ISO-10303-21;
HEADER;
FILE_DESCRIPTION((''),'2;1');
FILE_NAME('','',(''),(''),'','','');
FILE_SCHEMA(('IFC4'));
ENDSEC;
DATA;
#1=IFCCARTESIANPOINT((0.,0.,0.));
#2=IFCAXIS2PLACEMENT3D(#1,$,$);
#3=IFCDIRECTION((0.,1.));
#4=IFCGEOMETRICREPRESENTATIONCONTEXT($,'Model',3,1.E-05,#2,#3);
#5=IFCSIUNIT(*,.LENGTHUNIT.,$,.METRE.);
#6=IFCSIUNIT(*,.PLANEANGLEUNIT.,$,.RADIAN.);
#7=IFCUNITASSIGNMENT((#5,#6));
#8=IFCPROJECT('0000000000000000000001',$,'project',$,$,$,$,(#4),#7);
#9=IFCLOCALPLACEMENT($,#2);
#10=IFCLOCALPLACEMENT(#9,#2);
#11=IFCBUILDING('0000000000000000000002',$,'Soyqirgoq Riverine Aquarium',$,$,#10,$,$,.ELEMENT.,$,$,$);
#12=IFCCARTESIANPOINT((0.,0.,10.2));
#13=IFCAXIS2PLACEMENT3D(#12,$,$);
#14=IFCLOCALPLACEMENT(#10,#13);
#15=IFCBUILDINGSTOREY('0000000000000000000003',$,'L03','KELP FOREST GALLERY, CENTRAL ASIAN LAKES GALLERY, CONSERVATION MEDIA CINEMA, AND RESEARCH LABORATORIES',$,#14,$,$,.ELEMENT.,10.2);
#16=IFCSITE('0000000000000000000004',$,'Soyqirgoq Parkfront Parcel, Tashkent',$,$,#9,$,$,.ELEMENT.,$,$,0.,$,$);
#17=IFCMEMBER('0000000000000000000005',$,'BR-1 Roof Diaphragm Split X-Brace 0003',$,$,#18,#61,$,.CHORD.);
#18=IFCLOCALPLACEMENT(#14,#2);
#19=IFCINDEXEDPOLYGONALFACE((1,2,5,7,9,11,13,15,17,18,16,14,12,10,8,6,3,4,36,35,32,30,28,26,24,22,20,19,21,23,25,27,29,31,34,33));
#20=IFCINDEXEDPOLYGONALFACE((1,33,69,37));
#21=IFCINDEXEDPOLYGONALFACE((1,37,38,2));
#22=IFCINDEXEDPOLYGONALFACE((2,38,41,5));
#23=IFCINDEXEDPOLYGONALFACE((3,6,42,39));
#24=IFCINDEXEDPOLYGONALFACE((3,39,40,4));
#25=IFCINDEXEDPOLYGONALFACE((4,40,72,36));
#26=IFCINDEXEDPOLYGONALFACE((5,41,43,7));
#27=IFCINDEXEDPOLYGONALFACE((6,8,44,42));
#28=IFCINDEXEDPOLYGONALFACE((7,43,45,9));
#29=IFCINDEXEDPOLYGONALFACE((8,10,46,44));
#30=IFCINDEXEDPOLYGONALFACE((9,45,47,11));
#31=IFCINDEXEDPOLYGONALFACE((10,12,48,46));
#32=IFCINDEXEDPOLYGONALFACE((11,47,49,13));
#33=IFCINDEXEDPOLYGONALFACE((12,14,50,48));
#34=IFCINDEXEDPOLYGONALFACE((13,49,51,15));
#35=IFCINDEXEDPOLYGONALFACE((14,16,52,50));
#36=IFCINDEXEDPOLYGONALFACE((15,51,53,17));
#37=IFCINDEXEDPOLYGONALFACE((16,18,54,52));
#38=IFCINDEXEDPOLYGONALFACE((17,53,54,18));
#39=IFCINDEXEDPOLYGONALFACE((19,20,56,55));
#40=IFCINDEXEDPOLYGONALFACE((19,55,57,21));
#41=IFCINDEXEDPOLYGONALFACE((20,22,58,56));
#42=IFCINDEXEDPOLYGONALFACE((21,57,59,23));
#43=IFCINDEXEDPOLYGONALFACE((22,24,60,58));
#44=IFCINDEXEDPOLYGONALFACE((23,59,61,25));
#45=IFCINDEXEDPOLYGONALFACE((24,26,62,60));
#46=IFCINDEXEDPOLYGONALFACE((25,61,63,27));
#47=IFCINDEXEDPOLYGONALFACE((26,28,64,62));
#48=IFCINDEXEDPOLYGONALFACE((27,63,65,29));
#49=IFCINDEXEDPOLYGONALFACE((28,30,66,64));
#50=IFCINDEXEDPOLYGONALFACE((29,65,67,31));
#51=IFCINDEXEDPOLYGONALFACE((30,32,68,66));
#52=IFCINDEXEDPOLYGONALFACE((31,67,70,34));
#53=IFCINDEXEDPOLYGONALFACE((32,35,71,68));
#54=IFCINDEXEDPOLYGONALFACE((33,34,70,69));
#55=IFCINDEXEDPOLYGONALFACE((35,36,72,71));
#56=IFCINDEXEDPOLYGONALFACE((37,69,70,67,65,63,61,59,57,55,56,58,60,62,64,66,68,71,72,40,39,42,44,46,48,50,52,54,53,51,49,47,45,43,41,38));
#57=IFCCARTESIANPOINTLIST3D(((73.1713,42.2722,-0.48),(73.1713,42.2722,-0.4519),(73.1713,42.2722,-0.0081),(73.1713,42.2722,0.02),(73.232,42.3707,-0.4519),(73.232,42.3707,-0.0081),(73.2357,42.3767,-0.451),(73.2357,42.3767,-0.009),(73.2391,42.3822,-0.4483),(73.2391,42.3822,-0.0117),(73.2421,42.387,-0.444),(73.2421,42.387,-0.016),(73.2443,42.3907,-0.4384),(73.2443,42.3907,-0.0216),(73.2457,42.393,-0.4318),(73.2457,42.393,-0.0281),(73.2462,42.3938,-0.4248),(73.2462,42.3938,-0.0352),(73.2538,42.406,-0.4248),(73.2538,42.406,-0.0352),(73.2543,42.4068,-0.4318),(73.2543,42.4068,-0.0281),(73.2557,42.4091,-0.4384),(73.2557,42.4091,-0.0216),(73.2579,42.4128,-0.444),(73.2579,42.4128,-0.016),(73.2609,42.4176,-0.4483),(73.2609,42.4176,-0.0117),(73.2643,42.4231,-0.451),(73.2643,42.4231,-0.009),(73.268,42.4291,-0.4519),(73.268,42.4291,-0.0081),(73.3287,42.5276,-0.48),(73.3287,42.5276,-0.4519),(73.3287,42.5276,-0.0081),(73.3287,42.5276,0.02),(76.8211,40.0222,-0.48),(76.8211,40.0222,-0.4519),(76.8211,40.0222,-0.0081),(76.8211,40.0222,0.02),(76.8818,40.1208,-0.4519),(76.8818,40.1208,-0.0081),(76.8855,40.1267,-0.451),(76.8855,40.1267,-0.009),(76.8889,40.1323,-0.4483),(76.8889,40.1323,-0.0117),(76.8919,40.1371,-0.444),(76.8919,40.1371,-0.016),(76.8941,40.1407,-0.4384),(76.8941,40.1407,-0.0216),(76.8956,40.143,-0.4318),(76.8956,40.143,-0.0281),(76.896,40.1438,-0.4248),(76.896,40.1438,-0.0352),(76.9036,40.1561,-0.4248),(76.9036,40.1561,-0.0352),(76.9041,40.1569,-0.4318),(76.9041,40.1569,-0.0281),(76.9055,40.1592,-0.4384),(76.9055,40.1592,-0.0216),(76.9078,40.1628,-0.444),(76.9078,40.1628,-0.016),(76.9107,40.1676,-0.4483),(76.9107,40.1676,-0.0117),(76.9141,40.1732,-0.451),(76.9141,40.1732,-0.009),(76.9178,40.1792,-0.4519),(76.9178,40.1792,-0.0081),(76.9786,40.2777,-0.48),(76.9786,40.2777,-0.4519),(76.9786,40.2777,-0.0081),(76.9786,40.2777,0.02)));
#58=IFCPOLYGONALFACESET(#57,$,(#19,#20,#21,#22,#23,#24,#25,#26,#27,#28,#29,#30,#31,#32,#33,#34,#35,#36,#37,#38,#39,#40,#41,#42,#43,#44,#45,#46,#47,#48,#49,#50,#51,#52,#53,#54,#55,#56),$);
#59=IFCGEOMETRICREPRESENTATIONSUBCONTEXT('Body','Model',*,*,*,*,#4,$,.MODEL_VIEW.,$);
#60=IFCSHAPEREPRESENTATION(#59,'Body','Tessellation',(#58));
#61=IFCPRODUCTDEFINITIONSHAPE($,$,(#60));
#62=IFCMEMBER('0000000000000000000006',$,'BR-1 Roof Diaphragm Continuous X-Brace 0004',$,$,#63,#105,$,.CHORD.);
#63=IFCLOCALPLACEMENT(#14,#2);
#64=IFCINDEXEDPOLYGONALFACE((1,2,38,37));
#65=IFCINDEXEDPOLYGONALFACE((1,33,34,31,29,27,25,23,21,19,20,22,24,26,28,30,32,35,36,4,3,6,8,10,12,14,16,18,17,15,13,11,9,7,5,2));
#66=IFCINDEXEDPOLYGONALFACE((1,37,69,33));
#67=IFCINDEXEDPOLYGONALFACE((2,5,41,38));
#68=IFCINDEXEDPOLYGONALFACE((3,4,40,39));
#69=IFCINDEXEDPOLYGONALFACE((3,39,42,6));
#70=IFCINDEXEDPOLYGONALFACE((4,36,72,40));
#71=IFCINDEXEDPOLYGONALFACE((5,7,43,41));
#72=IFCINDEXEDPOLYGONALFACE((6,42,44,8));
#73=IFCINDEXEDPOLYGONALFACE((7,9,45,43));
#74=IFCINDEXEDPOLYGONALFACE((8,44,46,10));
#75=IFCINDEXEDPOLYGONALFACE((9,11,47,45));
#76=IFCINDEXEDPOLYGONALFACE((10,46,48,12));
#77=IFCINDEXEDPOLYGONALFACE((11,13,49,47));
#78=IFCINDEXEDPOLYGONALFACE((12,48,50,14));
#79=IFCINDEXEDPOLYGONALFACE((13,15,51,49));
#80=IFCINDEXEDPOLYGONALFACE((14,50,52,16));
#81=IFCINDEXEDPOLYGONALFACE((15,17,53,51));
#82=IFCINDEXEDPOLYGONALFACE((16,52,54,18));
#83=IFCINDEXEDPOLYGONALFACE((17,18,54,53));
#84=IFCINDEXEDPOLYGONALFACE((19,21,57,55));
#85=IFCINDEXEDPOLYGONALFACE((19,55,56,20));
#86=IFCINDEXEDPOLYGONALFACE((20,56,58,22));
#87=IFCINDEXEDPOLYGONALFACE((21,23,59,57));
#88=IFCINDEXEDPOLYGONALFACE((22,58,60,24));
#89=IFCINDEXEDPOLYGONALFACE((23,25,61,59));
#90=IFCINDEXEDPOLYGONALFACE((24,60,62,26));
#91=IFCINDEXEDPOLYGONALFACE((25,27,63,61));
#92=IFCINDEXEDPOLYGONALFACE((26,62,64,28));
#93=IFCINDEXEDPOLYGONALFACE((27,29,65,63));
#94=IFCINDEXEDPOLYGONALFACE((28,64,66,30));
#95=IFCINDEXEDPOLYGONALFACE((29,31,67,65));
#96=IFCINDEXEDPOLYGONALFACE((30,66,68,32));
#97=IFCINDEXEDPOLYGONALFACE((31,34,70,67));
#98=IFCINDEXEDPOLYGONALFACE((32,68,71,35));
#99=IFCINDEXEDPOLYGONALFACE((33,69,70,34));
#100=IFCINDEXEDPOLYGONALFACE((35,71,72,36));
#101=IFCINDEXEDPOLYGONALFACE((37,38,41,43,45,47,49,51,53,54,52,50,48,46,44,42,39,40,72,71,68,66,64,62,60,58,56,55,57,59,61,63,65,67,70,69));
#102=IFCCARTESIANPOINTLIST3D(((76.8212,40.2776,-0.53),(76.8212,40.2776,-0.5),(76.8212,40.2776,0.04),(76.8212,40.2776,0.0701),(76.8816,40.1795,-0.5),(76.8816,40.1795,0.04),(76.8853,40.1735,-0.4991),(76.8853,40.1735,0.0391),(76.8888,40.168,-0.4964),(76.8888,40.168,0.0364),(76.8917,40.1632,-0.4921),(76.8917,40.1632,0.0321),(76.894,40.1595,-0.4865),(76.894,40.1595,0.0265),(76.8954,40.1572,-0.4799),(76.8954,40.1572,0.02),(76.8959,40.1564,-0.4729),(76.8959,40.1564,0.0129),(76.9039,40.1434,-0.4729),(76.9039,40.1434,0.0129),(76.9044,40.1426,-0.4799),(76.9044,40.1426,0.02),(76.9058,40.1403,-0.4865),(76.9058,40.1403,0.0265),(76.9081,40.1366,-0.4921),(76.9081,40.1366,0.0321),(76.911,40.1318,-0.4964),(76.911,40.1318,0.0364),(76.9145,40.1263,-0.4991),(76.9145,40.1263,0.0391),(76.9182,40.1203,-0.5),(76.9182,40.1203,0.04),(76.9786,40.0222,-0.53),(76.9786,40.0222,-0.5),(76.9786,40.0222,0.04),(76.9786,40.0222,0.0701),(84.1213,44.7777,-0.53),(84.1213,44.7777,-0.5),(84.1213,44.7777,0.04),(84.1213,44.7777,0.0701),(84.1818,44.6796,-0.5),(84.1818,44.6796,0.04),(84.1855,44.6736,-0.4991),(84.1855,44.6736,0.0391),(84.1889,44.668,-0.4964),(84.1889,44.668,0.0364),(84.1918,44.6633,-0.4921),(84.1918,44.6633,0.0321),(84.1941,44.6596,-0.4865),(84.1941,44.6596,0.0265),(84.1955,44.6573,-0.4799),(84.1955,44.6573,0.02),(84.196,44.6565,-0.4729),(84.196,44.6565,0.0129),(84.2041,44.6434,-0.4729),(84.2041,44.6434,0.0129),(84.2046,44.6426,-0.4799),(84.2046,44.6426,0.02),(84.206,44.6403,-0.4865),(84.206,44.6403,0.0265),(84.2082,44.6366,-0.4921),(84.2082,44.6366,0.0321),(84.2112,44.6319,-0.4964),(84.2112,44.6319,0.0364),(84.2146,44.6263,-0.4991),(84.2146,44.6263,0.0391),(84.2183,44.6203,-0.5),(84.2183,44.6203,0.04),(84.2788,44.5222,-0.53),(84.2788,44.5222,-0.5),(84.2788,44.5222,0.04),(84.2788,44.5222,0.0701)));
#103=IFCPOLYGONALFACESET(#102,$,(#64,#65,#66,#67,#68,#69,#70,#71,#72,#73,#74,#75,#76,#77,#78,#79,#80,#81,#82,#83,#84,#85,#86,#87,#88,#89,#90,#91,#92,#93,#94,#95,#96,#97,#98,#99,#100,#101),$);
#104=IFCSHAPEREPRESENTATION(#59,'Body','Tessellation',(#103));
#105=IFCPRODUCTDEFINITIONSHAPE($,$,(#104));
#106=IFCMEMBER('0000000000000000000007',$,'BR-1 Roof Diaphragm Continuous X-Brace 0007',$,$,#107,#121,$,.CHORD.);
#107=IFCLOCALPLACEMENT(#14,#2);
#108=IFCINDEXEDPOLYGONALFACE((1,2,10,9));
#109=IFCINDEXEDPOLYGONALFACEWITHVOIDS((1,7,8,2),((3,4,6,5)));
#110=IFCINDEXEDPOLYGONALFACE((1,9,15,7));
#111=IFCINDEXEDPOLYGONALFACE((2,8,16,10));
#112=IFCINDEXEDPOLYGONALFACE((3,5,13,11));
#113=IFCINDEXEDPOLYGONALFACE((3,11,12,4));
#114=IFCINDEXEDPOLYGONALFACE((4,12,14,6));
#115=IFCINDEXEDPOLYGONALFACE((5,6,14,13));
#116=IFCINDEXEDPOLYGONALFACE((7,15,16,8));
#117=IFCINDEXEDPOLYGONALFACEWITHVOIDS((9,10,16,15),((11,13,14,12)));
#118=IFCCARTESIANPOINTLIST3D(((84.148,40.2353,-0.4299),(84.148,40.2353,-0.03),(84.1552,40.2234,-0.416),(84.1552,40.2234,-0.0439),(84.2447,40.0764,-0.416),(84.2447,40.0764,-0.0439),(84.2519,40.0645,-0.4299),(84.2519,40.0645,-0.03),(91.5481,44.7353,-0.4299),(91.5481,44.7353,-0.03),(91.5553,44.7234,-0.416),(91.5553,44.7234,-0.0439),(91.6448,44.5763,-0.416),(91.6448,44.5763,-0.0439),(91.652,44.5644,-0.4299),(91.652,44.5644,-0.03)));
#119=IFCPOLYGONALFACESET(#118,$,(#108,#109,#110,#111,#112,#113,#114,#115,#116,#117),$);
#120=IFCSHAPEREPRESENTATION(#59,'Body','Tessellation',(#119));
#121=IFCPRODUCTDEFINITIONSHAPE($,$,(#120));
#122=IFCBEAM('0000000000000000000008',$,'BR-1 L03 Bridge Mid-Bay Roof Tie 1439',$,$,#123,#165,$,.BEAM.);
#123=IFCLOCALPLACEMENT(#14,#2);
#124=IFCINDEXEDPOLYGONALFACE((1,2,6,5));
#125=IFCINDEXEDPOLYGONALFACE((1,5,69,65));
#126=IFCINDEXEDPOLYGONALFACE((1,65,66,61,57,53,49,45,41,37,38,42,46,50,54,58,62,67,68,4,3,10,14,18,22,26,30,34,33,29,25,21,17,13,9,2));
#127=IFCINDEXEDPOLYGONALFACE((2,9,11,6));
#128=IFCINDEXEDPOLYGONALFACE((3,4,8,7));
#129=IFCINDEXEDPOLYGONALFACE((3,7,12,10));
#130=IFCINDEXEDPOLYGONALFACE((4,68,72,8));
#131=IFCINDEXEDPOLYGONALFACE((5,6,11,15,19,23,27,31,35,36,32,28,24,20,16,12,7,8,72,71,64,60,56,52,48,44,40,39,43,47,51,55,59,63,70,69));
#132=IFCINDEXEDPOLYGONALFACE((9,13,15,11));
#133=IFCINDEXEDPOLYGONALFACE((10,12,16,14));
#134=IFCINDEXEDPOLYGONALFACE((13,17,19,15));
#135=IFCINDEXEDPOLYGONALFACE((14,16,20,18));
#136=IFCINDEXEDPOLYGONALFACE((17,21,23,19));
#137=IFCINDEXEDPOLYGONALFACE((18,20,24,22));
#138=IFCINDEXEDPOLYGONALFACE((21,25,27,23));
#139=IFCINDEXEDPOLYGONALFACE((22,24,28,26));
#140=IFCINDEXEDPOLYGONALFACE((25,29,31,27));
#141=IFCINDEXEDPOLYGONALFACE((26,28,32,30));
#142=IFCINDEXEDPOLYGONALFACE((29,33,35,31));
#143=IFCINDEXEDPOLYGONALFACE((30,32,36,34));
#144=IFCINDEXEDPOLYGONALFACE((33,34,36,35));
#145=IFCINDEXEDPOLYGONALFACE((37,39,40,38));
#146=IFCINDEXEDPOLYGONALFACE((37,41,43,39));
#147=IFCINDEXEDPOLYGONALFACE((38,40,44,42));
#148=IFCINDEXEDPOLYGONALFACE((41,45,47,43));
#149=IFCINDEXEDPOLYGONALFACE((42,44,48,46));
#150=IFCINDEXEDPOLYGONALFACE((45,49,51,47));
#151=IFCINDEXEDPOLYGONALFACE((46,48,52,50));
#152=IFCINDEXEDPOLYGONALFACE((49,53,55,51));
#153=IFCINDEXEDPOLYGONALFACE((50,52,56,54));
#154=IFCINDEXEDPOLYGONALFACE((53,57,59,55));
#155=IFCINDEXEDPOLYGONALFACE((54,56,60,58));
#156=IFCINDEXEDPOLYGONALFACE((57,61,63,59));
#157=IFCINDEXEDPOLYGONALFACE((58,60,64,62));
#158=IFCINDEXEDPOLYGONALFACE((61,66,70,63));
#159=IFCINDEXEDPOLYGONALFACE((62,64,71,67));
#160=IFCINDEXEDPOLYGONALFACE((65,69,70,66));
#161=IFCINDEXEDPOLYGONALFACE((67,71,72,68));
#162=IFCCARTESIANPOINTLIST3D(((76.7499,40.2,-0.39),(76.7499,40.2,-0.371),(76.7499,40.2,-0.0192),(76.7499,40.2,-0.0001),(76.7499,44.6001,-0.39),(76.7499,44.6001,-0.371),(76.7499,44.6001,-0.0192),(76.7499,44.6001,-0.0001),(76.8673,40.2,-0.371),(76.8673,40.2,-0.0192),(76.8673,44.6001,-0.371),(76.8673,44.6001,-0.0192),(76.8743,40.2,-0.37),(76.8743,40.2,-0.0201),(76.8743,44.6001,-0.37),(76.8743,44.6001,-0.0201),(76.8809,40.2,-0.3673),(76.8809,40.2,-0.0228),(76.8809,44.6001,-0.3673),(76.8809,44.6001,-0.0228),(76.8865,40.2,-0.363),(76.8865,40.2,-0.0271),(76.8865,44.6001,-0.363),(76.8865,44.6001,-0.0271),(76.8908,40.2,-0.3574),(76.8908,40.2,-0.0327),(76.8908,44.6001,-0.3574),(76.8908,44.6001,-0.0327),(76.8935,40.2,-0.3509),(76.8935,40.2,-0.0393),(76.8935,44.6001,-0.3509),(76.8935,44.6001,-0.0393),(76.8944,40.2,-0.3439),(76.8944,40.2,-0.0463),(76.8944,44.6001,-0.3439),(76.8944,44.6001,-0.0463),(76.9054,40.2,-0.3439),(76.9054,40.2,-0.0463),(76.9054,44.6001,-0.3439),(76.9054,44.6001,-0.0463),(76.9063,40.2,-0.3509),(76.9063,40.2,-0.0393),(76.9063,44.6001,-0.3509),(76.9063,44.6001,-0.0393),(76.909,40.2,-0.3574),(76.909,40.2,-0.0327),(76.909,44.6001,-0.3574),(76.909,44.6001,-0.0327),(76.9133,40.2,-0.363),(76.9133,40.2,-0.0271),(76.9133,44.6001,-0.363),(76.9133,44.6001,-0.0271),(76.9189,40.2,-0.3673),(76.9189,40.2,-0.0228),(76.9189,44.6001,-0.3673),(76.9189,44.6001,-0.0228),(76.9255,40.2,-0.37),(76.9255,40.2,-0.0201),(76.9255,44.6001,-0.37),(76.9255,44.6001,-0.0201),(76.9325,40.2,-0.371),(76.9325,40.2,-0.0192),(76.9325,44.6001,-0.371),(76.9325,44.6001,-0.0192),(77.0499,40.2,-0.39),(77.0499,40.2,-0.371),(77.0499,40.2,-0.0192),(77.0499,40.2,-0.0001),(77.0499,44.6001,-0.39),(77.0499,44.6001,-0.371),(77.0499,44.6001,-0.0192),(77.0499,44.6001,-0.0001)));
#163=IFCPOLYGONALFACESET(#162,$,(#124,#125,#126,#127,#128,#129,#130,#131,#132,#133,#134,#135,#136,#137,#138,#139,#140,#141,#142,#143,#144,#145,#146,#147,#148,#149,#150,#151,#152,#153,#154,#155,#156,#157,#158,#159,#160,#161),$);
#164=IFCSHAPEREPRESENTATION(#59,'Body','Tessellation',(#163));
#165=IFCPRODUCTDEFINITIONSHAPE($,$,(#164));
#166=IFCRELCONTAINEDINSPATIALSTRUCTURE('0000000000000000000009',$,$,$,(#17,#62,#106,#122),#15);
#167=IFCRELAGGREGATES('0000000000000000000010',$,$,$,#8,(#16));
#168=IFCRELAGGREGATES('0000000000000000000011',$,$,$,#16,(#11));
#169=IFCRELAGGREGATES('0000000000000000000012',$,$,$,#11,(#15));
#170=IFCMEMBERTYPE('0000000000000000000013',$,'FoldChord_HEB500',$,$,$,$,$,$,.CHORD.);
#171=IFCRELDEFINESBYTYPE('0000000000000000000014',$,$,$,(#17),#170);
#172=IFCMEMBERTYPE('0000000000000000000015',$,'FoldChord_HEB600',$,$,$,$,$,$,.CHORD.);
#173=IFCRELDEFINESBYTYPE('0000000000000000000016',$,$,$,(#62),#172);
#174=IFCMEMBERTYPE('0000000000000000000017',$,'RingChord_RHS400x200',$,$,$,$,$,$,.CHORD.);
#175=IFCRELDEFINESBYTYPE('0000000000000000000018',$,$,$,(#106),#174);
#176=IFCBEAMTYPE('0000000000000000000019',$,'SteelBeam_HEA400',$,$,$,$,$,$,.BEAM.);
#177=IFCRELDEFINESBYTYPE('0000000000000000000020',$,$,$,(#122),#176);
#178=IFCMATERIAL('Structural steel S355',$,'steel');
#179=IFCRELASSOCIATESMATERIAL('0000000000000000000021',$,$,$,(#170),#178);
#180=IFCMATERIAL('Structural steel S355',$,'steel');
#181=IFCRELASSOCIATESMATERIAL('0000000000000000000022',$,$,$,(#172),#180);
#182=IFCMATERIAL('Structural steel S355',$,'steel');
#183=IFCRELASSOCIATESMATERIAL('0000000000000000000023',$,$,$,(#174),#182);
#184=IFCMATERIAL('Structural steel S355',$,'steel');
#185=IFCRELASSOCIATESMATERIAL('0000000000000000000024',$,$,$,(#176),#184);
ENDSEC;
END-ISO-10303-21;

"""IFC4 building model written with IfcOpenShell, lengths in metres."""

from ifc_helpers import new_model, si_unit, direction, frame, origin, origin_2d, place, context, subcontext, project, spatial, hollow_rectangle, i_section, extrude, material, material_profile, profile_set, type_object, element, save


model = new_model("IFC4")

# Units and contexts
model_context = context("Model", 3, precision=1e-05, world=origin(), true_north=direction((0.0, 1.0)))
body_context = subcontext(model_context, "Body", "Model", "MODEL_VIEW")
ifc_project = project(units=[si_unit("LENGTHUNIT", "METRE"), si_unit("PLANEANGLEUNIT", "RADIAN")], contexts=[model_context])

# Site, building, storey
site_placement = place(None, origin())
site = spatial("IfcSite", under=ifc_project, at=site_placement, Name="Soyqirgoq Parkfront Parcel, Tashkent", CompositionType="ELEMENT", RefElevation=0.0)
building_placement = place(site_placement, origin())
building = spatial("IfcBuilding", under=site, at=building_placement, Name="Soyqirgoq Riverine Aquarium", CompositionType="ELEMENT")
storey_placement = place(building_placement, frame((0.0, 0.0, 10.2)))
storey = spatial("IfcBuildingStorey", under=building, at=storey_placement, Name="L03", Description="KELP FOREST GALLERY, CENTRAL ASIAN LAKES GALLERY, CONSERVATION MEDIA CINEMA, AND RESEARCH LABORATORIES", CompositionType="ELEMENT", Elevation=10.2)

# Members
ifc_material_1 = material(Name="Structural steel S355", Category="steel")
ifc_material_profile_1 = material_profile(ifc_material_1, i_section(OverallWidth=0.3, OverallDepth=0.5, WebThickness=0.0144, FlangeThickness=0.0281, FilletRadius=0.0271, at=origin_2d()), Name="HEB 500")
ifc_profile_set_1 = profile_set([ifc_material_profile_1], Name="Structural steel S355")
member_type_1 = type_object("IfcMemberType", Name="FoldChord_HEB500", PredefinedType="CHORD", material=ifc_profile_set_1)
member_1_placement = place(storey_placement, frame((73.25, 42.3999, -0.23), z_axis=(0.851251, -0.524758, 0.0), x_axis=(0.524758, 0.851251, 0.0)))
element("IfcMember", 1, at=member_1_placement, inside=storey, type_object=member_type_1, Name="BR-1 Roof Diaphragm Split X-Brace 0003", PredefinedType="CHORD", context=body_context, shape_type="SweptSolid", body=[
    extrude(i_section(OverallWidth=0.3, OverallDepth=0.5, WebThickness=0.0144, FlangeThickness=0.0281, FilletRadius=0.0271, at=origin_2d()), origin(), (0.0, 0.0, 1.0), 4.2876),
])
ifc_material_2 = material(Name="Structural steel S355", Category="steel")
ifc_material_profile_2 = material_profile(ifc_material_2, i_section(OverallWidth=0.3, OverallDepth=0.6001, WebThickness=0.0154, FlangeThickness=0.03, FilletRadius=0.0271, at=origin_2d()), Name="HEB 600")
ifc_profile_set_2 = profile_set([ifc_material_profile_2], Name="Structural steel S355")
member_type_2 = type_object("IfcMemberType", Name="FoldChord_HEB600", PredefinedType="CHORD", material=ifc_profile_set_2)
member_2_placement = place(storey_placement, frame((76.8999, 40.1499, -0.23), z_axis=(0.851259, 0.524745, 0.0), x_axis=(-0.524745, 0.851259, 0.0)))
element("IfcMember", 2, at=member_2_placement, inside=storey, type_object=member_type_2, Name="BR-1 Roof Diaphragm Continuous X-Brace 0004", PredefinedType="CHORD", context=body_context, shape_type="SweptSolid", body=[
    extrude(i_section(OverallWidth=0.3, OverallDepth=0.6001, WebThickness=0.0154, FlangeThickness=0.03, FilletRadius=0.0271, at=origin_2d()), origin(), (0.0, 0.0, 1.0), 8.5757),
])
ifc_material_3 = material(Name="Structural steel S355", Category="steel")
ifc_material_profile_3 = material_profile(ifc_material_3, hollow_rectangle(XDim=0.2, YDim=0.3999, WallThickness=0.0139, at=origin_2d()), Name="RHS 400x200x14")
ifc_profile_set_3 = profile_set([ifc_material_profile_3], Name="Structural steel S355")
member_type_3 = type_object("IfcMemberType", Name="RingChord_RHS400x200", PredefinedType="CHORD", material=ifc_profile_set_3)
member_3_placement = place(storey_placement, frame((84.2, 40.1499, -0.23), z_axis=(0.854426, 0.519573, 0.0), x_axis=(-0.519573, 0.854426, 0.0)))
element("IfcMember", 3, at=member_3_placement, inside=storey, type_object=member_type_3, Name="BR-1 Roof Diaphragm Continuous X-Brace 0007", PredefinedType="CHORD", context=body_context, shape_type="SweptSolid", body=[
    extrude(hollow_rectangle(XDim=0.2, YDim=0.3999, WallThickness=0.0139, at=origin_2d()), origin(), (0.0, 0.0, 1.0), 8.6609),
])

# Beam
ifc_material_4 = material(Name="Structural steel S355", Category="steel")
ifc_material_profile_4 = material_profile(ifc_material_4, i_section(OverallWidth=0.3, OverallDepth=0.3899, WebThickness=0.011, FlangeThickness=0.019, FilletRadius=0.0271, at=origin_2d()), Name="HEA 400")
ifc_profile_set_4 = profile_set([ifc_material_profile_4], Name="Structural steel S355")
beam_type_1 = type_object("IfcBeamType", Name="SteelBeam_HEA400", PredefinedType="BEAM", material=ifc_profile_set_4)
for number, where, z_axis, x_axis, name in (
    (4, (76.8999, 40.2, -0.1951), (0.0, 1.0, 0.0), (-1.0, 0.0, 0.0), "BR-1 L03 Bridge Mid-Bay Roof Tie 1439"),
):
    element("IfcBeam", number, at=place(storey_placement, frame(where, z_axis=z_axis, x_axis=x_axis)), inside=storey, type_object=beam_type_1, Name=name, PredefinedType="BEAM", context=body_context, shape_type="SweptSolid", body=[
        extrude(i_section(OverallWidth=0.3, OverallDepth=0.3899, WebThickness=0.011, FlangeThickness=0.019, FilletRadius=0.0271, at=origin_2d()), origin(), (0.0, 0.0, 1.0), 4.4001),
    ])

save(model, "model.ifc")
